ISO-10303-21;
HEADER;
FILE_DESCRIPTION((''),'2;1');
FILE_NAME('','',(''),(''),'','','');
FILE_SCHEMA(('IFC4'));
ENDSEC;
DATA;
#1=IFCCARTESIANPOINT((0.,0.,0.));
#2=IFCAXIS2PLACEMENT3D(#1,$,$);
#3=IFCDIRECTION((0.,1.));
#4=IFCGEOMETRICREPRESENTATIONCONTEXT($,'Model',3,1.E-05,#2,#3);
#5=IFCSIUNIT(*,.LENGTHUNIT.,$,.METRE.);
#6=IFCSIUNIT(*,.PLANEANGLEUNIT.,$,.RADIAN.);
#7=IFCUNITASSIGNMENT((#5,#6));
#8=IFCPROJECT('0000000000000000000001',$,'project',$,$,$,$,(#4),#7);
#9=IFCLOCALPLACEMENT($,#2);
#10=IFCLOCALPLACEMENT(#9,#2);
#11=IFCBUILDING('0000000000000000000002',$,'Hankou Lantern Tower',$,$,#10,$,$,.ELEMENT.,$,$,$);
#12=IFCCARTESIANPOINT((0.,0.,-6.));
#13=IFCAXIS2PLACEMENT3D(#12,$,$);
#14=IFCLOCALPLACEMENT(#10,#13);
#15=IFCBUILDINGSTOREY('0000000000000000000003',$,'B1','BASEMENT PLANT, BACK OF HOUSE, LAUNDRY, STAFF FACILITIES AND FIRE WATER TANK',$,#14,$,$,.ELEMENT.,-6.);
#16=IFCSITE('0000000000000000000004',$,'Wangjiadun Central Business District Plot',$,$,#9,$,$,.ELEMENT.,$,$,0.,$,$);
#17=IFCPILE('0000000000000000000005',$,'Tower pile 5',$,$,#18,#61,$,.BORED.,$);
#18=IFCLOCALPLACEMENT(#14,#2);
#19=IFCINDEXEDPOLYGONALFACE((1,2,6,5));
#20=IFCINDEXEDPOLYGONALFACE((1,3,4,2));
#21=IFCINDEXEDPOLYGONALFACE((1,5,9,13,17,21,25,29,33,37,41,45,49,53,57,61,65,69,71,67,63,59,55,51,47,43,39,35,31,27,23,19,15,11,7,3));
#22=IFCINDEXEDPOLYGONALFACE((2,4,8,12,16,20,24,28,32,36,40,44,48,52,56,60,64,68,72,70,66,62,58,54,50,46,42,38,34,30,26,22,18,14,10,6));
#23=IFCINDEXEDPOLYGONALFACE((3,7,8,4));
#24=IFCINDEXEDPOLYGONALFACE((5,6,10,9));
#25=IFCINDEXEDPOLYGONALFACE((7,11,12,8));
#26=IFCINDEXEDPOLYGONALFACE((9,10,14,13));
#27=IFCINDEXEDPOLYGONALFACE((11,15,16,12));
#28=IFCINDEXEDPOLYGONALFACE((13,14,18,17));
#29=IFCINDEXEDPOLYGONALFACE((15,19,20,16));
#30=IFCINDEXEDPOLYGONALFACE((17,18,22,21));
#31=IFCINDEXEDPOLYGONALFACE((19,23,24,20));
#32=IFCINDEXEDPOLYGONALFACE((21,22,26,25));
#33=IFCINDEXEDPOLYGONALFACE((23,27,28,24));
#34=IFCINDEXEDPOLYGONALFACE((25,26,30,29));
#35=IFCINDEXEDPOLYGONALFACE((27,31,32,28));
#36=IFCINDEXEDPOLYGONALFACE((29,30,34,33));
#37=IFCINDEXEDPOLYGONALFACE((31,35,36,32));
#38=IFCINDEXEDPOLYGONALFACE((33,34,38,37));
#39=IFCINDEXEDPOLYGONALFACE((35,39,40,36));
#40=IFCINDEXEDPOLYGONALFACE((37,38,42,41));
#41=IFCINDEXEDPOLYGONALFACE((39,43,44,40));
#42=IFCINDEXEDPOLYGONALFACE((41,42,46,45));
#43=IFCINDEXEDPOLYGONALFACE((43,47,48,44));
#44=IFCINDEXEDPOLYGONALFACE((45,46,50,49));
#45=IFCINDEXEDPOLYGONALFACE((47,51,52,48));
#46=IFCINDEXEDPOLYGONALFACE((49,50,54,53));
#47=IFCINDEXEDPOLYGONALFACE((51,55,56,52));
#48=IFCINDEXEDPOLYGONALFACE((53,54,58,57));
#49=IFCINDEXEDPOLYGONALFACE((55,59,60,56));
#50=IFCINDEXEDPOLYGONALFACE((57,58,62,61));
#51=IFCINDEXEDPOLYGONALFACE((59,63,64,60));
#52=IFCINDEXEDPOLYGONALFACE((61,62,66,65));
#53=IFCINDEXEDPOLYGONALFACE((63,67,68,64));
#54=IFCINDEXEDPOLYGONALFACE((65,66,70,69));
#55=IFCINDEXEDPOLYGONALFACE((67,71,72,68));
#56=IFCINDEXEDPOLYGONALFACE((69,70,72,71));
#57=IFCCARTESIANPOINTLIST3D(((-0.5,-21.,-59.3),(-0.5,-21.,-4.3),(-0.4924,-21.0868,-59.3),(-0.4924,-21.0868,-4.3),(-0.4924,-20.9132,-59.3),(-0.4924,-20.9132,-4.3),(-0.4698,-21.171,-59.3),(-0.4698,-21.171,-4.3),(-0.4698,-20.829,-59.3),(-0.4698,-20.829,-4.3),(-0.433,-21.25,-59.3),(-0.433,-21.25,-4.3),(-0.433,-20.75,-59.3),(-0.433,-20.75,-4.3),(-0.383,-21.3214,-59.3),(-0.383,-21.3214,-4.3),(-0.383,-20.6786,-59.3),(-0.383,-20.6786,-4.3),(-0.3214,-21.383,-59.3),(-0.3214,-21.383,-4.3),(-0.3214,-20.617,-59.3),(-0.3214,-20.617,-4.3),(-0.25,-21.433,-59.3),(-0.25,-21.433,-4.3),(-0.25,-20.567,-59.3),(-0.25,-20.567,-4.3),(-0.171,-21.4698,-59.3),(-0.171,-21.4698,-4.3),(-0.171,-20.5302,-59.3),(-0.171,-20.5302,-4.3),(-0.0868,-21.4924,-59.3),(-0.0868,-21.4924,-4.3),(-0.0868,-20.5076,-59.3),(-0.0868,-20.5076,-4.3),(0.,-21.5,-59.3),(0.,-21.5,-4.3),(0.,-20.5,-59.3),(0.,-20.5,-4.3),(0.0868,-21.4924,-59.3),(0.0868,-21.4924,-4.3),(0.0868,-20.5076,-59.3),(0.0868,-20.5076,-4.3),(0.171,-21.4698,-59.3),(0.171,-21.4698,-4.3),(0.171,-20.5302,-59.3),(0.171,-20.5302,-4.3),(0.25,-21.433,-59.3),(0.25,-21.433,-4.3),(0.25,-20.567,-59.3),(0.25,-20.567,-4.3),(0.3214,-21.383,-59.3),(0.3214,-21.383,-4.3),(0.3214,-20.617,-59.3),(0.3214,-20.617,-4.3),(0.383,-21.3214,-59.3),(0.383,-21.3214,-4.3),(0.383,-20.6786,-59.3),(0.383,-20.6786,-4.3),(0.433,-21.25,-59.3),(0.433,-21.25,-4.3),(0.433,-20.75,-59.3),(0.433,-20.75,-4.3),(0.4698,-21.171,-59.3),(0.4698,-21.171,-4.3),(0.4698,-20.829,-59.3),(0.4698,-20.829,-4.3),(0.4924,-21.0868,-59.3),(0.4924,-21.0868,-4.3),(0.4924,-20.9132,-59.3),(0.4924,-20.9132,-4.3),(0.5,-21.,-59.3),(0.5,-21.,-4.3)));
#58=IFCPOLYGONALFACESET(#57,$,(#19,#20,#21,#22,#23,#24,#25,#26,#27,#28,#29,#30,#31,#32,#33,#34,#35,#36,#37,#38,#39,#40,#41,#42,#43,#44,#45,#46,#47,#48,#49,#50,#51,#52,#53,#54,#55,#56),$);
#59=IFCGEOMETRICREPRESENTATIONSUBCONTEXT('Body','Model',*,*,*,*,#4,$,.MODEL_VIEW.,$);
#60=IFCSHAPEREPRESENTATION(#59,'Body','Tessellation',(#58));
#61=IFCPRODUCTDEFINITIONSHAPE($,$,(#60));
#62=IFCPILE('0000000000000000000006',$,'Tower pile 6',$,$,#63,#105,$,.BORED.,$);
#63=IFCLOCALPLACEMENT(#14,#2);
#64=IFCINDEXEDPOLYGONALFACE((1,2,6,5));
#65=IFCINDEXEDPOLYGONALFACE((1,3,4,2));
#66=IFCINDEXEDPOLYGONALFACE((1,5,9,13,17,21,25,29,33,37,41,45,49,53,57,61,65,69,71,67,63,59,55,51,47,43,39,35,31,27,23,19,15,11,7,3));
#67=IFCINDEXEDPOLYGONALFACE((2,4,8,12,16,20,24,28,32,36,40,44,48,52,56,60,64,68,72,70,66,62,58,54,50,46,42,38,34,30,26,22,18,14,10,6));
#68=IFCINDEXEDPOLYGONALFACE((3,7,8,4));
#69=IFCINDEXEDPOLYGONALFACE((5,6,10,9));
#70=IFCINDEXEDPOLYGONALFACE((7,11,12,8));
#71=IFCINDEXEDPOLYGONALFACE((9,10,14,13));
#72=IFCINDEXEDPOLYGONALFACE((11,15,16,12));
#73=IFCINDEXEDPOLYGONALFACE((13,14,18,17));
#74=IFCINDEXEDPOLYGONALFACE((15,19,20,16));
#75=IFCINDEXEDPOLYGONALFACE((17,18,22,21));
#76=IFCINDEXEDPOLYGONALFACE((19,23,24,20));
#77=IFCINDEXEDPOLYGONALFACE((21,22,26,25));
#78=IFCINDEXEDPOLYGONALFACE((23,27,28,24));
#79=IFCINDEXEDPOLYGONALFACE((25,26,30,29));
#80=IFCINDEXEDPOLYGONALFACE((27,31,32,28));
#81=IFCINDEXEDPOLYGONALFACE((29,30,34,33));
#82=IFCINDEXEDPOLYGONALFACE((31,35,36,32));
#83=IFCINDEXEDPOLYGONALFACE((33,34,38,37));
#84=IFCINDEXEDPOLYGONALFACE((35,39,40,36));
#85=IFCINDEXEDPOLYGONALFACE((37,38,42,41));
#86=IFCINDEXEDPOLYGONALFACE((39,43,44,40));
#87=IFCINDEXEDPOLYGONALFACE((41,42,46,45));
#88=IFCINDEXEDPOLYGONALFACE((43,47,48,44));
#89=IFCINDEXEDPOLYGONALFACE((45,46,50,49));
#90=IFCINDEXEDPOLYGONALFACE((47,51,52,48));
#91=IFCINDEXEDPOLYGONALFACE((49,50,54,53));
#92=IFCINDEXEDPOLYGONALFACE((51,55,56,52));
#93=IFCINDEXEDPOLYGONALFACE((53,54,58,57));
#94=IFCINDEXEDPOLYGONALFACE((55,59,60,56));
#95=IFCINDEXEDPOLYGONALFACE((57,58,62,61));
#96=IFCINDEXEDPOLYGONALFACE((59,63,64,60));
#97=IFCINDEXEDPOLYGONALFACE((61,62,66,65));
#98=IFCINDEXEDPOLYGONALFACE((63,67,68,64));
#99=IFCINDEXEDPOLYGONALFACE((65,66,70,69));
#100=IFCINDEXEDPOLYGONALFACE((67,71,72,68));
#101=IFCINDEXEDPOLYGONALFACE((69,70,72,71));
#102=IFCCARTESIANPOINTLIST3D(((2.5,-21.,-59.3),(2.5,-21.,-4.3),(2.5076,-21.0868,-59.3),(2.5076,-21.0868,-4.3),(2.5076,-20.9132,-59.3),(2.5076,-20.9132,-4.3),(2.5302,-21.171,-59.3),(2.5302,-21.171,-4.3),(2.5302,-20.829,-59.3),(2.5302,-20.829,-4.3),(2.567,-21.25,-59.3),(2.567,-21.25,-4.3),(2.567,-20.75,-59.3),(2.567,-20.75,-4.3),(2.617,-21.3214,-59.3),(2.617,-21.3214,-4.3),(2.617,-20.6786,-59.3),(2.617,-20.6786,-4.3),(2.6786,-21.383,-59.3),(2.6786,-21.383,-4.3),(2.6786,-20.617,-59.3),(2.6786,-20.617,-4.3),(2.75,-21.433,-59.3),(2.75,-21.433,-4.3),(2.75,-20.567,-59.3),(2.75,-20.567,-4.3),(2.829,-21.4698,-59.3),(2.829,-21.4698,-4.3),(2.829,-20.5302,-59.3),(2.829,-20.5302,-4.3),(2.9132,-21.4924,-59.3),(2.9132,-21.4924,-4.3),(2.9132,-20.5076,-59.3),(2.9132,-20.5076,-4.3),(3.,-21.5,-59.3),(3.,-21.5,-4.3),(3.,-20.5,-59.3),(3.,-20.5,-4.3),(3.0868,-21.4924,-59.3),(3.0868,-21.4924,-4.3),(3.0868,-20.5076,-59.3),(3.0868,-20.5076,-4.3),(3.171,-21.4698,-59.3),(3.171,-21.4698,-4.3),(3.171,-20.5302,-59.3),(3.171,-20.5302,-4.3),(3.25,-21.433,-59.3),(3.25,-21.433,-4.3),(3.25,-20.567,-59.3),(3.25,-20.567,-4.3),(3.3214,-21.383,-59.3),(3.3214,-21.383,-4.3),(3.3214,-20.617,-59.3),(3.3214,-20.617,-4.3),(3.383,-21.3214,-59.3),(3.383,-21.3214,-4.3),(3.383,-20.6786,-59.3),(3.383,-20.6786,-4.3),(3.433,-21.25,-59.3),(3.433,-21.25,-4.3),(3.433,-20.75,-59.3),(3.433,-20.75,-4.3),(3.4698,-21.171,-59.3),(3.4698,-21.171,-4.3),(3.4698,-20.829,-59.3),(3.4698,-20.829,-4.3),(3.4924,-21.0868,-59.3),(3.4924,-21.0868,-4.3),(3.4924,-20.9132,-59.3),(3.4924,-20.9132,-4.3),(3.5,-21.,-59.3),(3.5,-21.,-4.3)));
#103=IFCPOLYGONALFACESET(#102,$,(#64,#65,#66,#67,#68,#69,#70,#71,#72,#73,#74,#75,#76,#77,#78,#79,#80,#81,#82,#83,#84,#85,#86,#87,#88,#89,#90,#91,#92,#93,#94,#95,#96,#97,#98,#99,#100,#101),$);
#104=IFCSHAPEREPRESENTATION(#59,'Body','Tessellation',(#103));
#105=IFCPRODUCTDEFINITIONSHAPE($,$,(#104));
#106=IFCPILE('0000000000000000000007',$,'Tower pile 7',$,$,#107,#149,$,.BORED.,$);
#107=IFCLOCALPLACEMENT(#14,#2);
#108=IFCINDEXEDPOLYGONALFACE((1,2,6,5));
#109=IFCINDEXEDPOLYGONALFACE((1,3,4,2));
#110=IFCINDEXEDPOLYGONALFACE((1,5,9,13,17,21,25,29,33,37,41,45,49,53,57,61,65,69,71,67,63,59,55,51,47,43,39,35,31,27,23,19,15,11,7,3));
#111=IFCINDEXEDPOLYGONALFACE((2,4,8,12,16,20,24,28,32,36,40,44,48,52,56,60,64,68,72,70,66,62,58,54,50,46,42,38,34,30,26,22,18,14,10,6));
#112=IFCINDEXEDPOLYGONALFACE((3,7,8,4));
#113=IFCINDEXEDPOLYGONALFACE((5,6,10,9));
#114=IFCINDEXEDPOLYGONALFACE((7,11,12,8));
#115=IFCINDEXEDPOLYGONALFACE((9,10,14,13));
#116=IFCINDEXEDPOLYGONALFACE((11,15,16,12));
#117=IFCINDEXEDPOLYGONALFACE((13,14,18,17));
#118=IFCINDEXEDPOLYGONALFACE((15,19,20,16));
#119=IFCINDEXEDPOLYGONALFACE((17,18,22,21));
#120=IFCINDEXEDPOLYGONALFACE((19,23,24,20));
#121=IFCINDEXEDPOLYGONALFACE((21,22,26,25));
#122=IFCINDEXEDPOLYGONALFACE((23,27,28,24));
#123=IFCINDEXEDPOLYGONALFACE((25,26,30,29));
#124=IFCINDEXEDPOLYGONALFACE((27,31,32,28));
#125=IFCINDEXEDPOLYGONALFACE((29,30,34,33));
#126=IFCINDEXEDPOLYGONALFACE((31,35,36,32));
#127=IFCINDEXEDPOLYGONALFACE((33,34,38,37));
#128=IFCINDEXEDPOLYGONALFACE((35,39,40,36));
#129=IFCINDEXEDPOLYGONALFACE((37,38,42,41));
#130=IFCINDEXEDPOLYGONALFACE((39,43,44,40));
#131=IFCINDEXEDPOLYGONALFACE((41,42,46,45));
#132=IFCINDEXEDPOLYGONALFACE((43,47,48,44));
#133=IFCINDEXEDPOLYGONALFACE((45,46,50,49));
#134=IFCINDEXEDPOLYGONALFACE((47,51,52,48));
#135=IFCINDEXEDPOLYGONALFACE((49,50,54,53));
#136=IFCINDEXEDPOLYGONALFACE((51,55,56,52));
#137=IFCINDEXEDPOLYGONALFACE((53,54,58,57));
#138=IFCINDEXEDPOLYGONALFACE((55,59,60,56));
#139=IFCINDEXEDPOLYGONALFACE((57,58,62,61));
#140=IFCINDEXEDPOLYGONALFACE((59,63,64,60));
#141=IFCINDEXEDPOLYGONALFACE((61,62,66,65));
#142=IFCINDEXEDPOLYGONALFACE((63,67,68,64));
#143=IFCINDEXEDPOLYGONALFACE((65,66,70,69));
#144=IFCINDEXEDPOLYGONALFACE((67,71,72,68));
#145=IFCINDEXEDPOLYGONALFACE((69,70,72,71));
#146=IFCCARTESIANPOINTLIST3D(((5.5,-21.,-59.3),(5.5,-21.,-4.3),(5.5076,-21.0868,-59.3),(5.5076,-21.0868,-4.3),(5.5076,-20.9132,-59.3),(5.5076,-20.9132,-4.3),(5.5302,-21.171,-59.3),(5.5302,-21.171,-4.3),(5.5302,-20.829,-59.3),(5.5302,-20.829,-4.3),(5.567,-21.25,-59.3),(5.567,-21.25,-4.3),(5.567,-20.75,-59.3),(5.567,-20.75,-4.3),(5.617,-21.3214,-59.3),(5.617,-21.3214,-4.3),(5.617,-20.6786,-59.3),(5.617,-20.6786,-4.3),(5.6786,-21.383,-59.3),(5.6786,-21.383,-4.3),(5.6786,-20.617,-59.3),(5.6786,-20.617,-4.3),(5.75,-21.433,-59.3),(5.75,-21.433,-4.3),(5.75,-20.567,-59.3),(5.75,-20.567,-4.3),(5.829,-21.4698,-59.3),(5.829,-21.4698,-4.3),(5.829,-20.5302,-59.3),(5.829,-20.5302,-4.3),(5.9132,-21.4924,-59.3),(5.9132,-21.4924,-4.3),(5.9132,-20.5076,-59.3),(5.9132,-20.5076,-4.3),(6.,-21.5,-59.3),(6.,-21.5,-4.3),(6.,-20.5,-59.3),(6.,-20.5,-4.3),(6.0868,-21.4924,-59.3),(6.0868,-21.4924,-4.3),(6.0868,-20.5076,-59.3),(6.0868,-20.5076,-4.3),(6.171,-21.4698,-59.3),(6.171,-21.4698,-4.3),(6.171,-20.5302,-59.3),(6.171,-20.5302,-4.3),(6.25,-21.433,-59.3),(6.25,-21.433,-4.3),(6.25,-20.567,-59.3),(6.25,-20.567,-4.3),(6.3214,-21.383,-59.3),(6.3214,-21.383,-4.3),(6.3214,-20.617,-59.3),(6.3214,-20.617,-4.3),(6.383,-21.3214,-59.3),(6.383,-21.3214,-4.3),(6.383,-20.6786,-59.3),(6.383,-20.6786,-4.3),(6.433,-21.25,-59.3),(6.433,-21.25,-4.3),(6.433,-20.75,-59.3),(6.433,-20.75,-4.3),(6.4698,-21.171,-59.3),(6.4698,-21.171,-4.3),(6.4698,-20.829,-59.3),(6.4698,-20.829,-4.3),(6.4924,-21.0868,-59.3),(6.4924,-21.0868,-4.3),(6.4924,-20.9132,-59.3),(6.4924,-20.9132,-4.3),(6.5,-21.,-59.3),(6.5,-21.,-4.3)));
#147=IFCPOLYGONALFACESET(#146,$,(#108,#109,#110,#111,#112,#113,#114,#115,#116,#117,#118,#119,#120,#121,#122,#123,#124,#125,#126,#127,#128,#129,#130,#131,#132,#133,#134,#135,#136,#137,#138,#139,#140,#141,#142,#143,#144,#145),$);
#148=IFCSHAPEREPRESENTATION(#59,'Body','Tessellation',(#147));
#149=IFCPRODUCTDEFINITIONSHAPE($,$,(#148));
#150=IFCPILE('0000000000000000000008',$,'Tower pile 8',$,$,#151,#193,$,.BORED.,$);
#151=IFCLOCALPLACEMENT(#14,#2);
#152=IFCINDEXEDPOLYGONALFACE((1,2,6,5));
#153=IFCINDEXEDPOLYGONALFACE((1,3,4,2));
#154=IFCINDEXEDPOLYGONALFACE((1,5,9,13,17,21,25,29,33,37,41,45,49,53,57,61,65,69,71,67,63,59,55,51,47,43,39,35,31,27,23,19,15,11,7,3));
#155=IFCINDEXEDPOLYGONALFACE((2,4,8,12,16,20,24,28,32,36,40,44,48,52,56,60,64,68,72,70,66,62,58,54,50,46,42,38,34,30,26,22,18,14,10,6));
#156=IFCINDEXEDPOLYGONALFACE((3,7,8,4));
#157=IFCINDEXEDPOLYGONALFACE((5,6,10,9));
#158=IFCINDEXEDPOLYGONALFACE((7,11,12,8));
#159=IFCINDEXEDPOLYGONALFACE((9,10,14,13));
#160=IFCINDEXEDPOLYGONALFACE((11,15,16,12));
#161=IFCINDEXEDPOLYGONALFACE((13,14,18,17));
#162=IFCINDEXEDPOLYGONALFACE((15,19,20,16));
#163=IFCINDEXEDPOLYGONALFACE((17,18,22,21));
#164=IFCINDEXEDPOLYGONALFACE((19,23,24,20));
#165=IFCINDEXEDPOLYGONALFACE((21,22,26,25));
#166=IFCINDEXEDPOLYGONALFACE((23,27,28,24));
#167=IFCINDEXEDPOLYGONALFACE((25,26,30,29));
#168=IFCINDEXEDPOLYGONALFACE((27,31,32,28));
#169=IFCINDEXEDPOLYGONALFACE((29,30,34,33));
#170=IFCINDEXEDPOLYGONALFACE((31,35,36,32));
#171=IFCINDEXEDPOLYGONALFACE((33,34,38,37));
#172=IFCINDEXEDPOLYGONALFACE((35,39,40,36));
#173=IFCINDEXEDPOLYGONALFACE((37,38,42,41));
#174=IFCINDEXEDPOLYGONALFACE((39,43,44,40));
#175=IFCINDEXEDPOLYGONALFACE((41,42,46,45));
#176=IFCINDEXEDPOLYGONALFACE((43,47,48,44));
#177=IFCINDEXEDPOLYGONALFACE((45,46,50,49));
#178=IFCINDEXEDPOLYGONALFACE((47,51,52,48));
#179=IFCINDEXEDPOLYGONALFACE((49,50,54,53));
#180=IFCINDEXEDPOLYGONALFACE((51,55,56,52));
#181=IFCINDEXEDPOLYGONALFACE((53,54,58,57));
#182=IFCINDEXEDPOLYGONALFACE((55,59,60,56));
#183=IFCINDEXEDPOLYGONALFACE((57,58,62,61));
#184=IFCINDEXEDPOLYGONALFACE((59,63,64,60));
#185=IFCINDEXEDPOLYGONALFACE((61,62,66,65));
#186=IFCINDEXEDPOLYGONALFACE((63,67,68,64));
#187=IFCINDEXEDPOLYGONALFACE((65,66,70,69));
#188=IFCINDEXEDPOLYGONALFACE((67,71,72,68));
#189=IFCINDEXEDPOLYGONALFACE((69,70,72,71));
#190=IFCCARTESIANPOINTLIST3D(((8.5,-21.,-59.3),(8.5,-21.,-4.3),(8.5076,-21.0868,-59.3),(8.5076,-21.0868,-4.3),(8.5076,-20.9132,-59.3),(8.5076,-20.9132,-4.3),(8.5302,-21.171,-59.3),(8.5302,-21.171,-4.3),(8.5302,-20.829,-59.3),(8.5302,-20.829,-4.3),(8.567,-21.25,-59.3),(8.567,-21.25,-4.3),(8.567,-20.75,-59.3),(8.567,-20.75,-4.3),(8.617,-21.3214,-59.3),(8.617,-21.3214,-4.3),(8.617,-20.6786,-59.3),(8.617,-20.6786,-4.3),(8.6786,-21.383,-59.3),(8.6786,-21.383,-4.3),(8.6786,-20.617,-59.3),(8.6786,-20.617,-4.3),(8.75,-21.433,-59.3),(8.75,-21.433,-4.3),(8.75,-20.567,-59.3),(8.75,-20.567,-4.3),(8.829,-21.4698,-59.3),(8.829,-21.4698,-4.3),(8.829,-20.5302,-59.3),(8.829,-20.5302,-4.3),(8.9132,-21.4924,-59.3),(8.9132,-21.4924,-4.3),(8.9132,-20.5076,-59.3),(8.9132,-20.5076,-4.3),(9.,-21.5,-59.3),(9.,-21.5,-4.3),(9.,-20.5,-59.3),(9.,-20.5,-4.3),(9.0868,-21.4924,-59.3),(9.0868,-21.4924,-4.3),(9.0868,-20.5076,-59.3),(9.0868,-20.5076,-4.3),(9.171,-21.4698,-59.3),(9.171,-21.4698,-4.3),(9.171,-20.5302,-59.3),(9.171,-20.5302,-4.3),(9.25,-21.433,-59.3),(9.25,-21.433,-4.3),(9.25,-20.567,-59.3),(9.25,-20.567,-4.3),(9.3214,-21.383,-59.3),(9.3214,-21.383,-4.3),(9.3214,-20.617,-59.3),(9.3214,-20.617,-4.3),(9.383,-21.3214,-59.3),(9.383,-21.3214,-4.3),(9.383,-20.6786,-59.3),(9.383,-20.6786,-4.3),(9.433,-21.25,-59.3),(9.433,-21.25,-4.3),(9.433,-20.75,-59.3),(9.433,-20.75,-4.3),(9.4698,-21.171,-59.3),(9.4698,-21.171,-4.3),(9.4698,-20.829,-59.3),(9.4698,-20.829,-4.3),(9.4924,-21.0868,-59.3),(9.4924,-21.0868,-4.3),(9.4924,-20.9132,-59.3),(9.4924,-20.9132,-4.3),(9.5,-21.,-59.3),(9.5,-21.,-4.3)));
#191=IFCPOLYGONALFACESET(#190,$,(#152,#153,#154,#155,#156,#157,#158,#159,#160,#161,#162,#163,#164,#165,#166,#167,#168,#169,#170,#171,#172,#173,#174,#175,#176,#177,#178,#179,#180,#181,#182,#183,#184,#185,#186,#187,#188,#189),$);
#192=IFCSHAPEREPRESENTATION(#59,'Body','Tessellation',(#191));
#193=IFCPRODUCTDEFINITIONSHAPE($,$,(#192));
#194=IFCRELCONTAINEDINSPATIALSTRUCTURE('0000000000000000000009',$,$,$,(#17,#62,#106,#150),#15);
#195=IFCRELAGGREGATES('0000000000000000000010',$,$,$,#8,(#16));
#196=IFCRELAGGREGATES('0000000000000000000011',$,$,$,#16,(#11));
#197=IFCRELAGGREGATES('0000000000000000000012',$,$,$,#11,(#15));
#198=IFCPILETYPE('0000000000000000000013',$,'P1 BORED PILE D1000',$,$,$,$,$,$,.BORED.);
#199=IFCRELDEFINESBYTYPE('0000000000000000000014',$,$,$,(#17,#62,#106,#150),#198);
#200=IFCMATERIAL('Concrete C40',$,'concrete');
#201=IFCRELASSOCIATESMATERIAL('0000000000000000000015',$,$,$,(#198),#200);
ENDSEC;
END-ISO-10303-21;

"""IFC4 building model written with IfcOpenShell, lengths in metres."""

from ifc_helpers import new_model, si_unit, direction, frame, origin, origin_2d, place, context, subcontext, project, spatial, circle, extrude, material, material_profile, profile_set, type_object, element, save


model = new_model("IFC4")

# Units and contexts
model_context = context("Model", 3, precision=1e-05, world=origin(), true_north=direction((0.0, 1.0)))
body_context = subcontext(model_context, "Body", "Model", "MODEL_VIEW")
ifc_project = project(units=[si_unit("LENGTHUNIT", "METRE"), si_unit("PLANEANGLEUNIT", "RADIAN")], contexts=[model_context])

# Site, building, storey
site_placement = place(None, origin())
site = spatial("IfcSite", under=ifc_project, at=site_placement, Name="Wangjiadun Central Business District Plot", CompositionType="ELEMENT", RefElevation=0.0)
building_placement = place(site_placement, origin())
building = spatial("IfcBuilding", under=site, at=building_placement, Name="Hankou Lantern Tower", CompositionType="ELEMENT")
storey_placement = place(building_placement, frame((0.0, 0.0, -6.0)))
storey = spatial("IfcBuildingStorey", under=building, at=storey_placement, Name="B1", Description="BASEMENT PLANT, BACK OF HOUSE, LAUNDRY, STAFF FACILITIES AND FIRE WATER TANK", CompositionType="ELEMENT", Elevation=-6.0)

# Piles
ifc_material_1 = material(Name="Concrete C40", Category="concrete")
ifc_material_profile_1 = material_profile(ifc_material_1, circle(Radius=0.5, at=origin_2d()), Name="RC D1000")
ifc_profile_set_1 = profile_set([ifc_material_profile_1], Name="Concrete C40")
pile_type = type_object("IfcPileType", Name="P1 BORED PILE D1000", PredefinedType="BORED", material=ifc_profile_set_1)
for number, where, z_axis, x_axis, name in (
    (1, (0.0, -21.0, -4.3), (0.0, 0.0, -1.0), (1.0, 0.0, 0.0), "Tower pile 5"),
    (2, (3.0, -21.0, -4.3), (0.0, 0.0, -1.0), (1.0, 0.0, 0.0), "Tower pile 6"),
    (3, (6.0, -21.0, -4.3), (0.0, 0.0, -1.0), (1.0, 0.0, 0.0), "Tower pile 7"),
    (4, (9.0, -21.0, -4.3), (0.0, 0.0, -1.0), (1.0, 0.0, 0.0), "Tower pile 8"),
):
    element("IfcPile", number, at=place(storey_placement, frame(where, z_axis=z_axis, x_axis=x_axis)), inside=storey, type_object=pile_type, Name=name, PredefinedType="BORED", context=body_context, shape_type="SweptSolid", body=[
        extrude(circle(Radius=0.5, at=origin_2d()), origin(), (0.0, 0.0, 1.0), 55.0),
    ])

save(model, "model.ifc")
